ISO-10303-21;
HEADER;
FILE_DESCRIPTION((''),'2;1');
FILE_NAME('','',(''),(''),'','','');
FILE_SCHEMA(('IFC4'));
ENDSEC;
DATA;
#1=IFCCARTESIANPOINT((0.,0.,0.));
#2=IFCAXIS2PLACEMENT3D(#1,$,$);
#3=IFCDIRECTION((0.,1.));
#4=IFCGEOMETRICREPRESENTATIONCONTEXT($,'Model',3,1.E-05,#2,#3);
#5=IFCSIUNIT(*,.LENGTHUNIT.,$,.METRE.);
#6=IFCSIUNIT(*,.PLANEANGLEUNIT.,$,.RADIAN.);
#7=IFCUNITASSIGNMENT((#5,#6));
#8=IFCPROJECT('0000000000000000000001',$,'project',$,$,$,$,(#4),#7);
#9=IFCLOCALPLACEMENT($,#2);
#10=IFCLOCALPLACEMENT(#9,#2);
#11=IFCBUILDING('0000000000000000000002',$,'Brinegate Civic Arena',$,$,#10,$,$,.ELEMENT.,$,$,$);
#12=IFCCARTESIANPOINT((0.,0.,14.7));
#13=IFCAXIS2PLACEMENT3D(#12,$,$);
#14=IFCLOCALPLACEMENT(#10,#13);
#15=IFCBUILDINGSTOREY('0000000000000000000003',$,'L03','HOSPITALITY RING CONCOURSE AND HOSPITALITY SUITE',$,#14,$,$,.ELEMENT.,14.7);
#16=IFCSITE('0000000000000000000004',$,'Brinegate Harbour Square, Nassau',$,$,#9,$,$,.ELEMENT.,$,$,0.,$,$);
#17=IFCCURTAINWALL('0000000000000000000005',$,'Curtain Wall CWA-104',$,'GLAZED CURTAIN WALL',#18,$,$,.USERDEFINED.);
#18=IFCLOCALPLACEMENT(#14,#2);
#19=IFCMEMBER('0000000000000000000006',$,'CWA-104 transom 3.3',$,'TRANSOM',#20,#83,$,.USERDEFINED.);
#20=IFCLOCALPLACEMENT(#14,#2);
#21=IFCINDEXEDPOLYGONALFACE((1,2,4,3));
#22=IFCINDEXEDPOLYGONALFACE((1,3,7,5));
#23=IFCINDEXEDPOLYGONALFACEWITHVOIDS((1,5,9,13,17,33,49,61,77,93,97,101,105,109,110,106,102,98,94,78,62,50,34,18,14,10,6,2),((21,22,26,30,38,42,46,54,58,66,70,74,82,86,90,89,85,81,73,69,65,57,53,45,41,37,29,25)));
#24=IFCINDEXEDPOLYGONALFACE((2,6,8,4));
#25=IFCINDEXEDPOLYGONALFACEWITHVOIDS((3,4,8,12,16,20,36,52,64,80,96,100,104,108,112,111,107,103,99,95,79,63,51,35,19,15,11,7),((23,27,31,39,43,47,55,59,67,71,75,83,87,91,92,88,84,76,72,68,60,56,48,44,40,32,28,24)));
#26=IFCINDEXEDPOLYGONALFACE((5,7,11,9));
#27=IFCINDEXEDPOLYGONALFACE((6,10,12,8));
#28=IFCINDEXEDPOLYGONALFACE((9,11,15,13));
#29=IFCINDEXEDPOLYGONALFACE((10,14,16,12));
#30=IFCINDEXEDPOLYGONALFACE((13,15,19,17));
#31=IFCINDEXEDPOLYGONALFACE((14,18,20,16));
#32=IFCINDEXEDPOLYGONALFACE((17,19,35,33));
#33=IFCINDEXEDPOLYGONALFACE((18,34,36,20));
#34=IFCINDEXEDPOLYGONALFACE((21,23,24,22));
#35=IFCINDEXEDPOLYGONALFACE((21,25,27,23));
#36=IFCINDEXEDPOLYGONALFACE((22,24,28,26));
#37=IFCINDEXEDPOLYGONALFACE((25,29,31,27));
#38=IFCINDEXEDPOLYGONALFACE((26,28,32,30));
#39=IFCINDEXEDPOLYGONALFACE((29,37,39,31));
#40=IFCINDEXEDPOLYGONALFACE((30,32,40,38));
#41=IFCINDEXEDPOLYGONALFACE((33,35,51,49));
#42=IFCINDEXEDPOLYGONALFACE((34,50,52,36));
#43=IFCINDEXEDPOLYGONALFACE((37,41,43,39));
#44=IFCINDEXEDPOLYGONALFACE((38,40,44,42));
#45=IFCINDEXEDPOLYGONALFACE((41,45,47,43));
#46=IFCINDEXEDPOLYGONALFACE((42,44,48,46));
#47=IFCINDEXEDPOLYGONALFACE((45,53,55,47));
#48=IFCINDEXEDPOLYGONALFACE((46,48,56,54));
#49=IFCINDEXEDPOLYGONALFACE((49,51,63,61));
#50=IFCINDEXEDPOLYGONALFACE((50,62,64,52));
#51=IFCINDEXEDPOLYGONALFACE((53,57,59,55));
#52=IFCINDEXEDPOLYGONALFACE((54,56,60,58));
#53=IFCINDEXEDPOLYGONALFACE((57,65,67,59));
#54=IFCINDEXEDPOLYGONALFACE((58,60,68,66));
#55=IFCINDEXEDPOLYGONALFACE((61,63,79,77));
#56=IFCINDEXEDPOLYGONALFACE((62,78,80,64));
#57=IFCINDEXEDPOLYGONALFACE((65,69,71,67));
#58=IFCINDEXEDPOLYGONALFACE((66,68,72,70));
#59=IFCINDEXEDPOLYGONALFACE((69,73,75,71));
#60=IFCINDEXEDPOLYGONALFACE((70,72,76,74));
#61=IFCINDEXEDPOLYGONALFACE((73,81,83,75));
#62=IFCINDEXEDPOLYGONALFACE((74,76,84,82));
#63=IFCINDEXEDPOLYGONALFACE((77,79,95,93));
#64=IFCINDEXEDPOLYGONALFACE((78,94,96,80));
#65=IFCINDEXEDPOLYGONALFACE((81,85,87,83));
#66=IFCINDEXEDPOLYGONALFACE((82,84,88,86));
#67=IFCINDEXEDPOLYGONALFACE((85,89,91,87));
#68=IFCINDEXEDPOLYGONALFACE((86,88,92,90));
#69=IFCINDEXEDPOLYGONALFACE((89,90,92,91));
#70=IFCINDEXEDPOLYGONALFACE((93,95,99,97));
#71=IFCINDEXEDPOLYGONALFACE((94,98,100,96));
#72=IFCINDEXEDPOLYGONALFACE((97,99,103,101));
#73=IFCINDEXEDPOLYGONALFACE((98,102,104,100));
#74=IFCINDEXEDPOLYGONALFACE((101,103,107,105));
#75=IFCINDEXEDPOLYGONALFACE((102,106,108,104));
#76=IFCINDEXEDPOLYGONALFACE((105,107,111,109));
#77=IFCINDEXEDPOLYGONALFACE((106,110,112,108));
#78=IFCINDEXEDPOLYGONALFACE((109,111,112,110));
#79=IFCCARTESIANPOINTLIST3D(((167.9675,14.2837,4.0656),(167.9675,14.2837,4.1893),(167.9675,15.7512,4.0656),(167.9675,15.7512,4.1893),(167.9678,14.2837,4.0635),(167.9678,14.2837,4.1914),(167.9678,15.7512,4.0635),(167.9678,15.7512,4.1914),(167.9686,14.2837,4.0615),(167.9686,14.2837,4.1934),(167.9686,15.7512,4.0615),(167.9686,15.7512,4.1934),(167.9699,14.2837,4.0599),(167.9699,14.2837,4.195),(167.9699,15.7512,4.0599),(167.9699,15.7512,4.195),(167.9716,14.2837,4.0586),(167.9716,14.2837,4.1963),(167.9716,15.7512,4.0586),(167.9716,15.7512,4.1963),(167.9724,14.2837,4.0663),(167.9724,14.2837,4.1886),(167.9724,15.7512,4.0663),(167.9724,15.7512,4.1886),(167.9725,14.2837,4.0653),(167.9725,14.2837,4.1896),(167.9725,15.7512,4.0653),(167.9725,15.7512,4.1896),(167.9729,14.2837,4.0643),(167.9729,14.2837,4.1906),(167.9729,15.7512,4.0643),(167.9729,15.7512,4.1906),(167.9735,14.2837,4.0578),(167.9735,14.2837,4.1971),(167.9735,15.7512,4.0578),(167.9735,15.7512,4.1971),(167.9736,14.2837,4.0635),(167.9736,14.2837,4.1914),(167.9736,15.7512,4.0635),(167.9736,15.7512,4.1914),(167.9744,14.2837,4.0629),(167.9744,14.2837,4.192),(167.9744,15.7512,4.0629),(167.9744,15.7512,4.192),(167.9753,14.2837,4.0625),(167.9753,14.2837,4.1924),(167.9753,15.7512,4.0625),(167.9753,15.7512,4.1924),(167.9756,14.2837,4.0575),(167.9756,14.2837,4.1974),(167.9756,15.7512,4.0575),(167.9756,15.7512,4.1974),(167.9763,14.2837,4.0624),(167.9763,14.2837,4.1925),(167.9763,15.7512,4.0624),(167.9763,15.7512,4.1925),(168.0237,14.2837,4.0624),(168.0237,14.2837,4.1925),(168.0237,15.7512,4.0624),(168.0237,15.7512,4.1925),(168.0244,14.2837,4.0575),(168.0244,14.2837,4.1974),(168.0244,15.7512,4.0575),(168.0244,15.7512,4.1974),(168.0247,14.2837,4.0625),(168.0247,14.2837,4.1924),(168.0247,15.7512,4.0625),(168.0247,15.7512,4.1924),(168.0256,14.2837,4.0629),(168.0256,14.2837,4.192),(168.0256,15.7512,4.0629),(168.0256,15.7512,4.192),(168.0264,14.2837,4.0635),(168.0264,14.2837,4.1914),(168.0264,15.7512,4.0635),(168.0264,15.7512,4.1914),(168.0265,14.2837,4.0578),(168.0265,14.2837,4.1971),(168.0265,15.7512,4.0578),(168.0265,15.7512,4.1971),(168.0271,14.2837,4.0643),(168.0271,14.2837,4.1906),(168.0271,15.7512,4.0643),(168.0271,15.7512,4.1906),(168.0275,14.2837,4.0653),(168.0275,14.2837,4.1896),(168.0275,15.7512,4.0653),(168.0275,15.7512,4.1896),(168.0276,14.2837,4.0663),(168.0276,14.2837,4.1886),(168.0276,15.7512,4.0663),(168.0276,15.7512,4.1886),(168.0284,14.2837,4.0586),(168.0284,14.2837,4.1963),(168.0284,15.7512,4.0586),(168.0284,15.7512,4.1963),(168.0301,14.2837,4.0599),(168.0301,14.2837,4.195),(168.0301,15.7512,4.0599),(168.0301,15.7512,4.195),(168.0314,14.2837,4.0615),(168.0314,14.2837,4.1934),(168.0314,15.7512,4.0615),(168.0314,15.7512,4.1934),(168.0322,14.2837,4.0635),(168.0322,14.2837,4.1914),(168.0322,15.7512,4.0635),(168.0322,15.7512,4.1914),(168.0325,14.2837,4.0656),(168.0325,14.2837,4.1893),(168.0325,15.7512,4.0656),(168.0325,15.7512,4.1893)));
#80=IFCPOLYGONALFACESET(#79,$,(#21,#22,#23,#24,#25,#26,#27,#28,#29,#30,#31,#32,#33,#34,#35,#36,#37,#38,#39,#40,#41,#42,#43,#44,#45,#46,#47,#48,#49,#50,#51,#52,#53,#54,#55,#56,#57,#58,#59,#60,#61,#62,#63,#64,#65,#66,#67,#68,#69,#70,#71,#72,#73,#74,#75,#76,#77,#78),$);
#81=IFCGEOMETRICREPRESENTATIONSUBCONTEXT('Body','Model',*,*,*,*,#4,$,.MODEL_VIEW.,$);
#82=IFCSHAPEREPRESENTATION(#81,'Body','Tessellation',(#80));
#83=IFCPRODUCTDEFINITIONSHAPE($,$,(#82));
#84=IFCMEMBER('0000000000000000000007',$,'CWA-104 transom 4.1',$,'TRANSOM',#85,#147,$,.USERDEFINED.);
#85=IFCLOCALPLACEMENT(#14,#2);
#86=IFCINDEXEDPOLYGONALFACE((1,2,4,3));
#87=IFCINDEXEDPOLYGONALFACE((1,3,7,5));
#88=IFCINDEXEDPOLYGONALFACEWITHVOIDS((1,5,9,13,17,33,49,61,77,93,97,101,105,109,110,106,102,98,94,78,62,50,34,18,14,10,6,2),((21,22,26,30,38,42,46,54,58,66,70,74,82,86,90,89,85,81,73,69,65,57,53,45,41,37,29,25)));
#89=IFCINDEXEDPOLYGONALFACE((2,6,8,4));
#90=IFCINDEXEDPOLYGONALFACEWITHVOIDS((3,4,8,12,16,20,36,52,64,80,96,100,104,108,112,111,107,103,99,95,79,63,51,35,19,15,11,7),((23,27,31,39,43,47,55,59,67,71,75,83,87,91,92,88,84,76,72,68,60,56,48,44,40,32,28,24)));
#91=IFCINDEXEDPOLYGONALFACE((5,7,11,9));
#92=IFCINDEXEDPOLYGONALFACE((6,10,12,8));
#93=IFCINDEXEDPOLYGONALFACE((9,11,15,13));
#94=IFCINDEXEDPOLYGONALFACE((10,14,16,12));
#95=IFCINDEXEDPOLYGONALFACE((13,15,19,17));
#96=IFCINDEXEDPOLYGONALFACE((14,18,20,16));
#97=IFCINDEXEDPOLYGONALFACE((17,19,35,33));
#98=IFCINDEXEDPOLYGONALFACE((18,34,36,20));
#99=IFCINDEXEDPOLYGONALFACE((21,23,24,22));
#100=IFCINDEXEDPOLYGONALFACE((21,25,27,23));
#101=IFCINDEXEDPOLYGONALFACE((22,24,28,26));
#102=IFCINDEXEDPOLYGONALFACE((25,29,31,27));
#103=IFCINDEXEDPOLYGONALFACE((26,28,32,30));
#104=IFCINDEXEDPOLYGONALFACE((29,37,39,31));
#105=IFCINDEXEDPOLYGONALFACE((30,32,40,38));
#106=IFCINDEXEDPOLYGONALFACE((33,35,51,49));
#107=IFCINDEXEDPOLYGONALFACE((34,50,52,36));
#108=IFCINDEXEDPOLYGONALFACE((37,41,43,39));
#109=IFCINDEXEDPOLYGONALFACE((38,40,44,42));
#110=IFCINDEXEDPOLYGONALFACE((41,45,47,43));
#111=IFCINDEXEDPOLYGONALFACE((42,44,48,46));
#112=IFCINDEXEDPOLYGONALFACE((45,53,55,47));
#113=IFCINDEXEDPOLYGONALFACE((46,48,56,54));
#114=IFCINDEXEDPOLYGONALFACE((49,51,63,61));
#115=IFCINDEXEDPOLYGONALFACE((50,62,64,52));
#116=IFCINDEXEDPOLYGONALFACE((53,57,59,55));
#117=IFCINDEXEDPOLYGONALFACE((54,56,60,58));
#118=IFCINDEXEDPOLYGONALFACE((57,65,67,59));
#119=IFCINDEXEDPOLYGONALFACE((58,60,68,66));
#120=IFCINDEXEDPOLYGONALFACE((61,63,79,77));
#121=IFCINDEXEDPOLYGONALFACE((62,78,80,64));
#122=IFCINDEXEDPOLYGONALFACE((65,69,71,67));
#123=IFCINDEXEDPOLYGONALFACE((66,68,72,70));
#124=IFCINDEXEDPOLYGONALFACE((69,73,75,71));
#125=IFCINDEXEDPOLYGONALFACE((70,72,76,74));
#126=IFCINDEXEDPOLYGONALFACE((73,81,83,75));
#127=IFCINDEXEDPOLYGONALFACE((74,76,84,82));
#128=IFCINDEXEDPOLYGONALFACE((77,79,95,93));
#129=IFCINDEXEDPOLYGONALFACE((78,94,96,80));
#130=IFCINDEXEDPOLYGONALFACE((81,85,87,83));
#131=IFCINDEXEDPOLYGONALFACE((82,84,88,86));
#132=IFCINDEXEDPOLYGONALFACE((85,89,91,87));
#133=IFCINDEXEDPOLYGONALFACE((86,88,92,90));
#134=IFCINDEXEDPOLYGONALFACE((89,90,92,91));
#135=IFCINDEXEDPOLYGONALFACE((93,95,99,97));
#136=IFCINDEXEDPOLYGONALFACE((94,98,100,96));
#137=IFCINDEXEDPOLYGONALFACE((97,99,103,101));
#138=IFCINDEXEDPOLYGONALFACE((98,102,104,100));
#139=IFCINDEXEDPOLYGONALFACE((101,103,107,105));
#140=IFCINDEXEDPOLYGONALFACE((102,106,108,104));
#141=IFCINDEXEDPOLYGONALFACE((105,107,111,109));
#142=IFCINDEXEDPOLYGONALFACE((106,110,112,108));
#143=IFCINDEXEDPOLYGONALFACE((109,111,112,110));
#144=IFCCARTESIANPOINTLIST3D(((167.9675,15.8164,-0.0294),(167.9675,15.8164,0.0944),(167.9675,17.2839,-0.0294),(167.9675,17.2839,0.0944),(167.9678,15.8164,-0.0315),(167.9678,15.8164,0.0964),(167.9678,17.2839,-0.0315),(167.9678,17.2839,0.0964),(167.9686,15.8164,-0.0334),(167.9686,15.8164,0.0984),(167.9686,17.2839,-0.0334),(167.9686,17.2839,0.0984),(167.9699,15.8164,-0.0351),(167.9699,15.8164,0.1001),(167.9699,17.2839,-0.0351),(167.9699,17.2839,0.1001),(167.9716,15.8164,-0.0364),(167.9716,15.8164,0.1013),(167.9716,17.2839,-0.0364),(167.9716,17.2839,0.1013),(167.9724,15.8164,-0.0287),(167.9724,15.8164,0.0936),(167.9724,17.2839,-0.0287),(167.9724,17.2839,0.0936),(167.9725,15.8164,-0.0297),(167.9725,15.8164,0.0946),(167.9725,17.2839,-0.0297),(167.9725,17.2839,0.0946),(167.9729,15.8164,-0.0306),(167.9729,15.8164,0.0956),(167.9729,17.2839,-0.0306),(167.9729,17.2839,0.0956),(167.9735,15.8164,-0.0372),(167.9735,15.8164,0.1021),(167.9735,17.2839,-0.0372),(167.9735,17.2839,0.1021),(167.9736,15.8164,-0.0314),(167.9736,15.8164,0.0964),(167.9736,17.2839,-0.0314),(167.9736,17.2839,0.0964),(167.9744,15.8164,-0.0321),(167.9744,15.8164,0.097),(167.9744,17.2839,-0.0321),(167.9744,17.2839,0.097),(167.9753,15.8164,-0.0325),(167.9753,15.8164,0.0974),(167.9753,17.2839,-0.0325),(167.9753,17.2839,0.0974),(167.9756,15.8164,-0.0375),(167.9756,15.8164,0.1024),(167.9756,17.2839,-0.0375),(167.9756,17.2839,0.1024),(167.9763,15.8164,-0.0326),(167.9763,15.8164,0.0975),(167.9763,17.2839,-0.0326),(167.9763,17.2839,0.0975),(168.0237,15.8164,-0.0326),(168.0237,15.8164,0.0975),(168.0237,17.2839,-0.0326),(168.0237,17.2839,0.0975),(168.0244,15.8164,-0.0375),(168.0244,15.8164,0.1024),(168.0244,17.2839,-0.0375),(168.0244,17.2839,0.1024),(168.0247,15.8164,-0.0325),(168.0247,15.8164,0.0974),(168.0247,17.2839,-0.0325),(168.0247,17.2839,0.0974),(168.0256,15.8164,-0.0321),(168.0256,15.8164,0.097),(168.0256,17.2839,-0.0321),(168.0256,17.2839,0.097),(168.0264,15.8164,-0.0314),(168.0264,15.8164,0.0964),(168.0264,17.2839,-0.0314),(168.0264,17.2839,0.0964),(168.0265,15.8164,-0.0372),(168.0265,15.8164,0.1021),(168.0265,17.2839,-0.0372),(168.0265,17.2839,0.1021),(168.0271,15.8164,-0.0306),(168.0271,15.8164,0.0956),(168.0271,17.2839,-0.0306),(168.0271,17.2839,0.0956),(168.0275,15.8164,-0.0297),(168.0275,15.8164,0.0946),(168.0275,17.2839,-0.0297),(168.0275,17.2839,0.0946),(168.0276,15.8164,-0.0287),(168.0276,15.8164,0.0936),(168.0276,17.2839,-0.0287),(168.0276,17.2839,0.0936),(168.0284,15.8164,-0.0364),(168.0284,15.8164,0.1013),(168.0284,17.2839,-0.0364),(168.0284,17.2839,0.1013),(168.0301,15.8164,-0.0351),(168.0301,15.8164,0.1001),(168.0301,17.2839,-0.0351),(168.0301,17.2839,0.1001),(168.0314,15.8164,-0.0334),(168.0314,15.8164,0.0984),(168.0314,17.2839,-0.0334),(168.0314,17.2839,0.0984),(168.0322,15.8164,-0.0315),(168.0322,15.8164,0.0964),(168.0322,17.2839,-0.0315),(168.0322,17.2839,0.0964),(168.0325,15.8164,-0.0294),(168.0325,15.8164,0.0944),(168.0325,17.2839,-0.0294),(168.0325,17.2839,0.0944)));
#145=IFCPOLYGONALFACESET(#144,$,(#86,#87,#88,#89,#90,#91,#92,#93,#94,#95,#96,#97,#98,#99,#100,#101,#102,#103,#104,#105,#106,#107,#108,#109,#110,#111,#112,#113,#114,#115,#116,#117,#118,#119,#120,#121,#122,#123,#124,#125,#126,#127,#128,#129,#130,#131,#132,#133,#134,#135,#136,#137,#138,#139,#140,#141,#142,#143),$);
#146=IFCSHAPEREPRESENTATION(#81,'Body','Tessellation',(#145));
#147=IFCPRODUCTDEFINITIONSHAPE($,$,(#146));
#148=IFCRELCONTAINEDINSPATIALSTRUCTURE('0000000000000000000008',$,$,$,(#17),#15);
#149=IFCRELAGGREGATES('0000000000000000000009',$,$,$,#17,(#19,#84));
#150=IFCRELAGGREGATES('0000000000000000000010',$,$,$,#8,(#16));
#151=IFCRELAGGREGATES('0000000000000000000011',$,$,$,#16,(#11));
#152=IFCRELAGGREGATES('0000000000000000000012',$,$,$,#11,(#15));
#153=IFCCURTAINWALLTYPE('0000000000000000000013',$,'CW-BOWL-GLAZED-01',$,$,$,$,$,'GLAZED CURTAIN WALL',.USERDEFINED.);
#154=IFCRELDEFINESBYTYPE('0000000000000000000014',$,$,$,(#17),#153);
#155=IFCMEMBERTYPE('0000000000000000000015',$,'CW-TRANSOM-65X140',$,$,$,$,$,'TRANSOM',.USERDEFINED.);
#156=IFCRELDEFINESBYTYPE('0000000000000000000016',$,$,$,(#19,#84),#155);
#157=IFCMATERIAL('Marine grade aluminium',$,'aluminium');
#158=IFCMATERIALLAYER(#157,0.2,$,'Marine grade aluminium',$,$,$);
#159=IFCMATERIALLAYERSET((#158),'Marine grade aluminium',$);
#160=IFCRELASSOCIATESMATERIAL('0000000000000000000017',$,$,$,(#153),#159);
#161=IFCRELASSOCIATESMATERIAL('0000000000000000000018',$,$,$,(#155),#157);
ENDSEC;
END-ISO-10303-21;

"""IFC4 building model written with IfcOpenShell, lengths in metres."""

from ifc_helpers import new_model, si_unit, direction, frame, origin, origin_2d, place, context, subcontext, project, spatial, hollow_rectangle, extrude, material, layer, layer_set, material_profile, profile_set, type_object, element, aggregate, save


model = new_model("IFC4")

# Units and contexts
model_context = context("Model", 3, precision=1e-05, world=origin(), true_north=direction((0.0, 1.0)))
body_context = subcontext(model_context, "Body", "Model", "MODEL_VIEW")
ifc_project = project(units=[si_unit("LENGTHUNIT", "METRE"), si_unit("PLANEANGLEUNIT", "RADIAN")], contexts=[model_context])

# Site, building, storey
site_placement = place(None, origin())
site = spatial("IfcSite", under=ifc_project, at=site_placement, Name="Brinegate Harbour Square, Nassau", CompositionType="ELEMENT", RefElevation=0.0)
building_placement = place(site_placement, origin())
building = spatial("IfcBuilding", under=site, at=building_placement, Name="Brinegate Civic Arena", CompositionType="ELEMENT")
storey_placement = place(building_placement, frame((0.0, 0.0, 14.7)))
storey = spatial("IfcBuildingStorey", under=building, at=storey_placement, Name="L03", Description="HOSPITALITY RING CONCOURSE AND HOSPITALITY SUITE", CompositionType="ELEMENT", Elevation=14.7)

# Curtain wall, members
ifc_material_1 = material(Name="Marine grade aluminium", Category="aluminium")
ifc_layer_1 = layer(ifc_material_1, 0.2, Name="Marine grade aluminium")
ifc_layer_set_1 = layer_set([ifc_layer_1], Name="Marine grade aluminium")
curtain_wall_type = type_object("IfcCurtainWallType", Name="CW-BOWL-GLAZED-01", ElementType="GLAZED CURTAIN WALL", PredefinedType="USERDEFINED", material=ifc_layer_set_1)
curtain_wall_placement = place(storey_placement, origin())
curtain_wall = element("IfcCurtainWall", 1, at=curtain_wall_placement, inside=storey, type_object=curtain_wall_type, Name="Curtain Wall CWA-104", ObjectType="GLAZED CURTAIN WALL", PredefinedType="USERDEFINED")
ifc_material_profile_1 = material_profile(ifc_material_1, hollow_rectangle(XDim=0.0649, YDim=0.1399, WallThickness=0.0049, InnerFilletRadius=0.0039, OuterFilletRadius=0.0081, at=origin_2d()), Name="TRN65X140")
ifc_profile_set_1 = profile_set([ifc_material_profile_1], Name="Marine grade aluminium")
member_type_1 = type_object("IfcMemberType", Name="CW-TRANSOM-65X140", ElementType="TRANSOM", PredefinedType="USERDEFINED", material=ifc_profile_set_1)
member_1_placement = place(storey_placement, frame((168.0, 14.2837, 4.1274), z_axis=(0.0, 1.0, 0.0), x_axis=(-1.0, 0.0, 0.0)))
member_1 = element("IfcMember", 2, at=member_1_placement, type_object=member_type_1, Name="CWA-104 transom 3.3", ObjectType="TRANSOM", PredefinedType="USERDEFINED", context=body_context, shape_type="SweptSolid", body=[
    extrude(hollow_rectangle(XDim=0.0649, YDim=0.1399, WallThickness=0.0049, InnerFilletRadius=0.0039, OuterFilletRadius=0.0081, at=origin_2d()), origin(), (0.0, 0.0, 1.0), 1.4675),
])
member_2_placement = place(storey_placement, frame((168.0, 15.8164, 0.0325), z_axis=(0.0, 1.0, 0.0), x_axis=(-1.0, 0.0, 0.0)))
member_2 = element("IfcMember", 3, at=member_2_placement, type_object=member_type_1, Name="CWA-104 transom 4.1", ObjectType="TRANSOM", PredefinedType="USERDEFINED", context=body_context, shape_type="SweptSolid", body=[
    extrude(hollow_rectangle(XDim=0.0649, YDim=0.1399, WallThickness=0.0049, InnerFilletRadius=0.0039, OuterFilletRadius=0.0081, at=origin_2d()), origin(), (0.0, 0.0, 1.0), 1.4675),
])

aggregate(curtain_wall, [member_1, member_2])

save(model, "model.ifc")
